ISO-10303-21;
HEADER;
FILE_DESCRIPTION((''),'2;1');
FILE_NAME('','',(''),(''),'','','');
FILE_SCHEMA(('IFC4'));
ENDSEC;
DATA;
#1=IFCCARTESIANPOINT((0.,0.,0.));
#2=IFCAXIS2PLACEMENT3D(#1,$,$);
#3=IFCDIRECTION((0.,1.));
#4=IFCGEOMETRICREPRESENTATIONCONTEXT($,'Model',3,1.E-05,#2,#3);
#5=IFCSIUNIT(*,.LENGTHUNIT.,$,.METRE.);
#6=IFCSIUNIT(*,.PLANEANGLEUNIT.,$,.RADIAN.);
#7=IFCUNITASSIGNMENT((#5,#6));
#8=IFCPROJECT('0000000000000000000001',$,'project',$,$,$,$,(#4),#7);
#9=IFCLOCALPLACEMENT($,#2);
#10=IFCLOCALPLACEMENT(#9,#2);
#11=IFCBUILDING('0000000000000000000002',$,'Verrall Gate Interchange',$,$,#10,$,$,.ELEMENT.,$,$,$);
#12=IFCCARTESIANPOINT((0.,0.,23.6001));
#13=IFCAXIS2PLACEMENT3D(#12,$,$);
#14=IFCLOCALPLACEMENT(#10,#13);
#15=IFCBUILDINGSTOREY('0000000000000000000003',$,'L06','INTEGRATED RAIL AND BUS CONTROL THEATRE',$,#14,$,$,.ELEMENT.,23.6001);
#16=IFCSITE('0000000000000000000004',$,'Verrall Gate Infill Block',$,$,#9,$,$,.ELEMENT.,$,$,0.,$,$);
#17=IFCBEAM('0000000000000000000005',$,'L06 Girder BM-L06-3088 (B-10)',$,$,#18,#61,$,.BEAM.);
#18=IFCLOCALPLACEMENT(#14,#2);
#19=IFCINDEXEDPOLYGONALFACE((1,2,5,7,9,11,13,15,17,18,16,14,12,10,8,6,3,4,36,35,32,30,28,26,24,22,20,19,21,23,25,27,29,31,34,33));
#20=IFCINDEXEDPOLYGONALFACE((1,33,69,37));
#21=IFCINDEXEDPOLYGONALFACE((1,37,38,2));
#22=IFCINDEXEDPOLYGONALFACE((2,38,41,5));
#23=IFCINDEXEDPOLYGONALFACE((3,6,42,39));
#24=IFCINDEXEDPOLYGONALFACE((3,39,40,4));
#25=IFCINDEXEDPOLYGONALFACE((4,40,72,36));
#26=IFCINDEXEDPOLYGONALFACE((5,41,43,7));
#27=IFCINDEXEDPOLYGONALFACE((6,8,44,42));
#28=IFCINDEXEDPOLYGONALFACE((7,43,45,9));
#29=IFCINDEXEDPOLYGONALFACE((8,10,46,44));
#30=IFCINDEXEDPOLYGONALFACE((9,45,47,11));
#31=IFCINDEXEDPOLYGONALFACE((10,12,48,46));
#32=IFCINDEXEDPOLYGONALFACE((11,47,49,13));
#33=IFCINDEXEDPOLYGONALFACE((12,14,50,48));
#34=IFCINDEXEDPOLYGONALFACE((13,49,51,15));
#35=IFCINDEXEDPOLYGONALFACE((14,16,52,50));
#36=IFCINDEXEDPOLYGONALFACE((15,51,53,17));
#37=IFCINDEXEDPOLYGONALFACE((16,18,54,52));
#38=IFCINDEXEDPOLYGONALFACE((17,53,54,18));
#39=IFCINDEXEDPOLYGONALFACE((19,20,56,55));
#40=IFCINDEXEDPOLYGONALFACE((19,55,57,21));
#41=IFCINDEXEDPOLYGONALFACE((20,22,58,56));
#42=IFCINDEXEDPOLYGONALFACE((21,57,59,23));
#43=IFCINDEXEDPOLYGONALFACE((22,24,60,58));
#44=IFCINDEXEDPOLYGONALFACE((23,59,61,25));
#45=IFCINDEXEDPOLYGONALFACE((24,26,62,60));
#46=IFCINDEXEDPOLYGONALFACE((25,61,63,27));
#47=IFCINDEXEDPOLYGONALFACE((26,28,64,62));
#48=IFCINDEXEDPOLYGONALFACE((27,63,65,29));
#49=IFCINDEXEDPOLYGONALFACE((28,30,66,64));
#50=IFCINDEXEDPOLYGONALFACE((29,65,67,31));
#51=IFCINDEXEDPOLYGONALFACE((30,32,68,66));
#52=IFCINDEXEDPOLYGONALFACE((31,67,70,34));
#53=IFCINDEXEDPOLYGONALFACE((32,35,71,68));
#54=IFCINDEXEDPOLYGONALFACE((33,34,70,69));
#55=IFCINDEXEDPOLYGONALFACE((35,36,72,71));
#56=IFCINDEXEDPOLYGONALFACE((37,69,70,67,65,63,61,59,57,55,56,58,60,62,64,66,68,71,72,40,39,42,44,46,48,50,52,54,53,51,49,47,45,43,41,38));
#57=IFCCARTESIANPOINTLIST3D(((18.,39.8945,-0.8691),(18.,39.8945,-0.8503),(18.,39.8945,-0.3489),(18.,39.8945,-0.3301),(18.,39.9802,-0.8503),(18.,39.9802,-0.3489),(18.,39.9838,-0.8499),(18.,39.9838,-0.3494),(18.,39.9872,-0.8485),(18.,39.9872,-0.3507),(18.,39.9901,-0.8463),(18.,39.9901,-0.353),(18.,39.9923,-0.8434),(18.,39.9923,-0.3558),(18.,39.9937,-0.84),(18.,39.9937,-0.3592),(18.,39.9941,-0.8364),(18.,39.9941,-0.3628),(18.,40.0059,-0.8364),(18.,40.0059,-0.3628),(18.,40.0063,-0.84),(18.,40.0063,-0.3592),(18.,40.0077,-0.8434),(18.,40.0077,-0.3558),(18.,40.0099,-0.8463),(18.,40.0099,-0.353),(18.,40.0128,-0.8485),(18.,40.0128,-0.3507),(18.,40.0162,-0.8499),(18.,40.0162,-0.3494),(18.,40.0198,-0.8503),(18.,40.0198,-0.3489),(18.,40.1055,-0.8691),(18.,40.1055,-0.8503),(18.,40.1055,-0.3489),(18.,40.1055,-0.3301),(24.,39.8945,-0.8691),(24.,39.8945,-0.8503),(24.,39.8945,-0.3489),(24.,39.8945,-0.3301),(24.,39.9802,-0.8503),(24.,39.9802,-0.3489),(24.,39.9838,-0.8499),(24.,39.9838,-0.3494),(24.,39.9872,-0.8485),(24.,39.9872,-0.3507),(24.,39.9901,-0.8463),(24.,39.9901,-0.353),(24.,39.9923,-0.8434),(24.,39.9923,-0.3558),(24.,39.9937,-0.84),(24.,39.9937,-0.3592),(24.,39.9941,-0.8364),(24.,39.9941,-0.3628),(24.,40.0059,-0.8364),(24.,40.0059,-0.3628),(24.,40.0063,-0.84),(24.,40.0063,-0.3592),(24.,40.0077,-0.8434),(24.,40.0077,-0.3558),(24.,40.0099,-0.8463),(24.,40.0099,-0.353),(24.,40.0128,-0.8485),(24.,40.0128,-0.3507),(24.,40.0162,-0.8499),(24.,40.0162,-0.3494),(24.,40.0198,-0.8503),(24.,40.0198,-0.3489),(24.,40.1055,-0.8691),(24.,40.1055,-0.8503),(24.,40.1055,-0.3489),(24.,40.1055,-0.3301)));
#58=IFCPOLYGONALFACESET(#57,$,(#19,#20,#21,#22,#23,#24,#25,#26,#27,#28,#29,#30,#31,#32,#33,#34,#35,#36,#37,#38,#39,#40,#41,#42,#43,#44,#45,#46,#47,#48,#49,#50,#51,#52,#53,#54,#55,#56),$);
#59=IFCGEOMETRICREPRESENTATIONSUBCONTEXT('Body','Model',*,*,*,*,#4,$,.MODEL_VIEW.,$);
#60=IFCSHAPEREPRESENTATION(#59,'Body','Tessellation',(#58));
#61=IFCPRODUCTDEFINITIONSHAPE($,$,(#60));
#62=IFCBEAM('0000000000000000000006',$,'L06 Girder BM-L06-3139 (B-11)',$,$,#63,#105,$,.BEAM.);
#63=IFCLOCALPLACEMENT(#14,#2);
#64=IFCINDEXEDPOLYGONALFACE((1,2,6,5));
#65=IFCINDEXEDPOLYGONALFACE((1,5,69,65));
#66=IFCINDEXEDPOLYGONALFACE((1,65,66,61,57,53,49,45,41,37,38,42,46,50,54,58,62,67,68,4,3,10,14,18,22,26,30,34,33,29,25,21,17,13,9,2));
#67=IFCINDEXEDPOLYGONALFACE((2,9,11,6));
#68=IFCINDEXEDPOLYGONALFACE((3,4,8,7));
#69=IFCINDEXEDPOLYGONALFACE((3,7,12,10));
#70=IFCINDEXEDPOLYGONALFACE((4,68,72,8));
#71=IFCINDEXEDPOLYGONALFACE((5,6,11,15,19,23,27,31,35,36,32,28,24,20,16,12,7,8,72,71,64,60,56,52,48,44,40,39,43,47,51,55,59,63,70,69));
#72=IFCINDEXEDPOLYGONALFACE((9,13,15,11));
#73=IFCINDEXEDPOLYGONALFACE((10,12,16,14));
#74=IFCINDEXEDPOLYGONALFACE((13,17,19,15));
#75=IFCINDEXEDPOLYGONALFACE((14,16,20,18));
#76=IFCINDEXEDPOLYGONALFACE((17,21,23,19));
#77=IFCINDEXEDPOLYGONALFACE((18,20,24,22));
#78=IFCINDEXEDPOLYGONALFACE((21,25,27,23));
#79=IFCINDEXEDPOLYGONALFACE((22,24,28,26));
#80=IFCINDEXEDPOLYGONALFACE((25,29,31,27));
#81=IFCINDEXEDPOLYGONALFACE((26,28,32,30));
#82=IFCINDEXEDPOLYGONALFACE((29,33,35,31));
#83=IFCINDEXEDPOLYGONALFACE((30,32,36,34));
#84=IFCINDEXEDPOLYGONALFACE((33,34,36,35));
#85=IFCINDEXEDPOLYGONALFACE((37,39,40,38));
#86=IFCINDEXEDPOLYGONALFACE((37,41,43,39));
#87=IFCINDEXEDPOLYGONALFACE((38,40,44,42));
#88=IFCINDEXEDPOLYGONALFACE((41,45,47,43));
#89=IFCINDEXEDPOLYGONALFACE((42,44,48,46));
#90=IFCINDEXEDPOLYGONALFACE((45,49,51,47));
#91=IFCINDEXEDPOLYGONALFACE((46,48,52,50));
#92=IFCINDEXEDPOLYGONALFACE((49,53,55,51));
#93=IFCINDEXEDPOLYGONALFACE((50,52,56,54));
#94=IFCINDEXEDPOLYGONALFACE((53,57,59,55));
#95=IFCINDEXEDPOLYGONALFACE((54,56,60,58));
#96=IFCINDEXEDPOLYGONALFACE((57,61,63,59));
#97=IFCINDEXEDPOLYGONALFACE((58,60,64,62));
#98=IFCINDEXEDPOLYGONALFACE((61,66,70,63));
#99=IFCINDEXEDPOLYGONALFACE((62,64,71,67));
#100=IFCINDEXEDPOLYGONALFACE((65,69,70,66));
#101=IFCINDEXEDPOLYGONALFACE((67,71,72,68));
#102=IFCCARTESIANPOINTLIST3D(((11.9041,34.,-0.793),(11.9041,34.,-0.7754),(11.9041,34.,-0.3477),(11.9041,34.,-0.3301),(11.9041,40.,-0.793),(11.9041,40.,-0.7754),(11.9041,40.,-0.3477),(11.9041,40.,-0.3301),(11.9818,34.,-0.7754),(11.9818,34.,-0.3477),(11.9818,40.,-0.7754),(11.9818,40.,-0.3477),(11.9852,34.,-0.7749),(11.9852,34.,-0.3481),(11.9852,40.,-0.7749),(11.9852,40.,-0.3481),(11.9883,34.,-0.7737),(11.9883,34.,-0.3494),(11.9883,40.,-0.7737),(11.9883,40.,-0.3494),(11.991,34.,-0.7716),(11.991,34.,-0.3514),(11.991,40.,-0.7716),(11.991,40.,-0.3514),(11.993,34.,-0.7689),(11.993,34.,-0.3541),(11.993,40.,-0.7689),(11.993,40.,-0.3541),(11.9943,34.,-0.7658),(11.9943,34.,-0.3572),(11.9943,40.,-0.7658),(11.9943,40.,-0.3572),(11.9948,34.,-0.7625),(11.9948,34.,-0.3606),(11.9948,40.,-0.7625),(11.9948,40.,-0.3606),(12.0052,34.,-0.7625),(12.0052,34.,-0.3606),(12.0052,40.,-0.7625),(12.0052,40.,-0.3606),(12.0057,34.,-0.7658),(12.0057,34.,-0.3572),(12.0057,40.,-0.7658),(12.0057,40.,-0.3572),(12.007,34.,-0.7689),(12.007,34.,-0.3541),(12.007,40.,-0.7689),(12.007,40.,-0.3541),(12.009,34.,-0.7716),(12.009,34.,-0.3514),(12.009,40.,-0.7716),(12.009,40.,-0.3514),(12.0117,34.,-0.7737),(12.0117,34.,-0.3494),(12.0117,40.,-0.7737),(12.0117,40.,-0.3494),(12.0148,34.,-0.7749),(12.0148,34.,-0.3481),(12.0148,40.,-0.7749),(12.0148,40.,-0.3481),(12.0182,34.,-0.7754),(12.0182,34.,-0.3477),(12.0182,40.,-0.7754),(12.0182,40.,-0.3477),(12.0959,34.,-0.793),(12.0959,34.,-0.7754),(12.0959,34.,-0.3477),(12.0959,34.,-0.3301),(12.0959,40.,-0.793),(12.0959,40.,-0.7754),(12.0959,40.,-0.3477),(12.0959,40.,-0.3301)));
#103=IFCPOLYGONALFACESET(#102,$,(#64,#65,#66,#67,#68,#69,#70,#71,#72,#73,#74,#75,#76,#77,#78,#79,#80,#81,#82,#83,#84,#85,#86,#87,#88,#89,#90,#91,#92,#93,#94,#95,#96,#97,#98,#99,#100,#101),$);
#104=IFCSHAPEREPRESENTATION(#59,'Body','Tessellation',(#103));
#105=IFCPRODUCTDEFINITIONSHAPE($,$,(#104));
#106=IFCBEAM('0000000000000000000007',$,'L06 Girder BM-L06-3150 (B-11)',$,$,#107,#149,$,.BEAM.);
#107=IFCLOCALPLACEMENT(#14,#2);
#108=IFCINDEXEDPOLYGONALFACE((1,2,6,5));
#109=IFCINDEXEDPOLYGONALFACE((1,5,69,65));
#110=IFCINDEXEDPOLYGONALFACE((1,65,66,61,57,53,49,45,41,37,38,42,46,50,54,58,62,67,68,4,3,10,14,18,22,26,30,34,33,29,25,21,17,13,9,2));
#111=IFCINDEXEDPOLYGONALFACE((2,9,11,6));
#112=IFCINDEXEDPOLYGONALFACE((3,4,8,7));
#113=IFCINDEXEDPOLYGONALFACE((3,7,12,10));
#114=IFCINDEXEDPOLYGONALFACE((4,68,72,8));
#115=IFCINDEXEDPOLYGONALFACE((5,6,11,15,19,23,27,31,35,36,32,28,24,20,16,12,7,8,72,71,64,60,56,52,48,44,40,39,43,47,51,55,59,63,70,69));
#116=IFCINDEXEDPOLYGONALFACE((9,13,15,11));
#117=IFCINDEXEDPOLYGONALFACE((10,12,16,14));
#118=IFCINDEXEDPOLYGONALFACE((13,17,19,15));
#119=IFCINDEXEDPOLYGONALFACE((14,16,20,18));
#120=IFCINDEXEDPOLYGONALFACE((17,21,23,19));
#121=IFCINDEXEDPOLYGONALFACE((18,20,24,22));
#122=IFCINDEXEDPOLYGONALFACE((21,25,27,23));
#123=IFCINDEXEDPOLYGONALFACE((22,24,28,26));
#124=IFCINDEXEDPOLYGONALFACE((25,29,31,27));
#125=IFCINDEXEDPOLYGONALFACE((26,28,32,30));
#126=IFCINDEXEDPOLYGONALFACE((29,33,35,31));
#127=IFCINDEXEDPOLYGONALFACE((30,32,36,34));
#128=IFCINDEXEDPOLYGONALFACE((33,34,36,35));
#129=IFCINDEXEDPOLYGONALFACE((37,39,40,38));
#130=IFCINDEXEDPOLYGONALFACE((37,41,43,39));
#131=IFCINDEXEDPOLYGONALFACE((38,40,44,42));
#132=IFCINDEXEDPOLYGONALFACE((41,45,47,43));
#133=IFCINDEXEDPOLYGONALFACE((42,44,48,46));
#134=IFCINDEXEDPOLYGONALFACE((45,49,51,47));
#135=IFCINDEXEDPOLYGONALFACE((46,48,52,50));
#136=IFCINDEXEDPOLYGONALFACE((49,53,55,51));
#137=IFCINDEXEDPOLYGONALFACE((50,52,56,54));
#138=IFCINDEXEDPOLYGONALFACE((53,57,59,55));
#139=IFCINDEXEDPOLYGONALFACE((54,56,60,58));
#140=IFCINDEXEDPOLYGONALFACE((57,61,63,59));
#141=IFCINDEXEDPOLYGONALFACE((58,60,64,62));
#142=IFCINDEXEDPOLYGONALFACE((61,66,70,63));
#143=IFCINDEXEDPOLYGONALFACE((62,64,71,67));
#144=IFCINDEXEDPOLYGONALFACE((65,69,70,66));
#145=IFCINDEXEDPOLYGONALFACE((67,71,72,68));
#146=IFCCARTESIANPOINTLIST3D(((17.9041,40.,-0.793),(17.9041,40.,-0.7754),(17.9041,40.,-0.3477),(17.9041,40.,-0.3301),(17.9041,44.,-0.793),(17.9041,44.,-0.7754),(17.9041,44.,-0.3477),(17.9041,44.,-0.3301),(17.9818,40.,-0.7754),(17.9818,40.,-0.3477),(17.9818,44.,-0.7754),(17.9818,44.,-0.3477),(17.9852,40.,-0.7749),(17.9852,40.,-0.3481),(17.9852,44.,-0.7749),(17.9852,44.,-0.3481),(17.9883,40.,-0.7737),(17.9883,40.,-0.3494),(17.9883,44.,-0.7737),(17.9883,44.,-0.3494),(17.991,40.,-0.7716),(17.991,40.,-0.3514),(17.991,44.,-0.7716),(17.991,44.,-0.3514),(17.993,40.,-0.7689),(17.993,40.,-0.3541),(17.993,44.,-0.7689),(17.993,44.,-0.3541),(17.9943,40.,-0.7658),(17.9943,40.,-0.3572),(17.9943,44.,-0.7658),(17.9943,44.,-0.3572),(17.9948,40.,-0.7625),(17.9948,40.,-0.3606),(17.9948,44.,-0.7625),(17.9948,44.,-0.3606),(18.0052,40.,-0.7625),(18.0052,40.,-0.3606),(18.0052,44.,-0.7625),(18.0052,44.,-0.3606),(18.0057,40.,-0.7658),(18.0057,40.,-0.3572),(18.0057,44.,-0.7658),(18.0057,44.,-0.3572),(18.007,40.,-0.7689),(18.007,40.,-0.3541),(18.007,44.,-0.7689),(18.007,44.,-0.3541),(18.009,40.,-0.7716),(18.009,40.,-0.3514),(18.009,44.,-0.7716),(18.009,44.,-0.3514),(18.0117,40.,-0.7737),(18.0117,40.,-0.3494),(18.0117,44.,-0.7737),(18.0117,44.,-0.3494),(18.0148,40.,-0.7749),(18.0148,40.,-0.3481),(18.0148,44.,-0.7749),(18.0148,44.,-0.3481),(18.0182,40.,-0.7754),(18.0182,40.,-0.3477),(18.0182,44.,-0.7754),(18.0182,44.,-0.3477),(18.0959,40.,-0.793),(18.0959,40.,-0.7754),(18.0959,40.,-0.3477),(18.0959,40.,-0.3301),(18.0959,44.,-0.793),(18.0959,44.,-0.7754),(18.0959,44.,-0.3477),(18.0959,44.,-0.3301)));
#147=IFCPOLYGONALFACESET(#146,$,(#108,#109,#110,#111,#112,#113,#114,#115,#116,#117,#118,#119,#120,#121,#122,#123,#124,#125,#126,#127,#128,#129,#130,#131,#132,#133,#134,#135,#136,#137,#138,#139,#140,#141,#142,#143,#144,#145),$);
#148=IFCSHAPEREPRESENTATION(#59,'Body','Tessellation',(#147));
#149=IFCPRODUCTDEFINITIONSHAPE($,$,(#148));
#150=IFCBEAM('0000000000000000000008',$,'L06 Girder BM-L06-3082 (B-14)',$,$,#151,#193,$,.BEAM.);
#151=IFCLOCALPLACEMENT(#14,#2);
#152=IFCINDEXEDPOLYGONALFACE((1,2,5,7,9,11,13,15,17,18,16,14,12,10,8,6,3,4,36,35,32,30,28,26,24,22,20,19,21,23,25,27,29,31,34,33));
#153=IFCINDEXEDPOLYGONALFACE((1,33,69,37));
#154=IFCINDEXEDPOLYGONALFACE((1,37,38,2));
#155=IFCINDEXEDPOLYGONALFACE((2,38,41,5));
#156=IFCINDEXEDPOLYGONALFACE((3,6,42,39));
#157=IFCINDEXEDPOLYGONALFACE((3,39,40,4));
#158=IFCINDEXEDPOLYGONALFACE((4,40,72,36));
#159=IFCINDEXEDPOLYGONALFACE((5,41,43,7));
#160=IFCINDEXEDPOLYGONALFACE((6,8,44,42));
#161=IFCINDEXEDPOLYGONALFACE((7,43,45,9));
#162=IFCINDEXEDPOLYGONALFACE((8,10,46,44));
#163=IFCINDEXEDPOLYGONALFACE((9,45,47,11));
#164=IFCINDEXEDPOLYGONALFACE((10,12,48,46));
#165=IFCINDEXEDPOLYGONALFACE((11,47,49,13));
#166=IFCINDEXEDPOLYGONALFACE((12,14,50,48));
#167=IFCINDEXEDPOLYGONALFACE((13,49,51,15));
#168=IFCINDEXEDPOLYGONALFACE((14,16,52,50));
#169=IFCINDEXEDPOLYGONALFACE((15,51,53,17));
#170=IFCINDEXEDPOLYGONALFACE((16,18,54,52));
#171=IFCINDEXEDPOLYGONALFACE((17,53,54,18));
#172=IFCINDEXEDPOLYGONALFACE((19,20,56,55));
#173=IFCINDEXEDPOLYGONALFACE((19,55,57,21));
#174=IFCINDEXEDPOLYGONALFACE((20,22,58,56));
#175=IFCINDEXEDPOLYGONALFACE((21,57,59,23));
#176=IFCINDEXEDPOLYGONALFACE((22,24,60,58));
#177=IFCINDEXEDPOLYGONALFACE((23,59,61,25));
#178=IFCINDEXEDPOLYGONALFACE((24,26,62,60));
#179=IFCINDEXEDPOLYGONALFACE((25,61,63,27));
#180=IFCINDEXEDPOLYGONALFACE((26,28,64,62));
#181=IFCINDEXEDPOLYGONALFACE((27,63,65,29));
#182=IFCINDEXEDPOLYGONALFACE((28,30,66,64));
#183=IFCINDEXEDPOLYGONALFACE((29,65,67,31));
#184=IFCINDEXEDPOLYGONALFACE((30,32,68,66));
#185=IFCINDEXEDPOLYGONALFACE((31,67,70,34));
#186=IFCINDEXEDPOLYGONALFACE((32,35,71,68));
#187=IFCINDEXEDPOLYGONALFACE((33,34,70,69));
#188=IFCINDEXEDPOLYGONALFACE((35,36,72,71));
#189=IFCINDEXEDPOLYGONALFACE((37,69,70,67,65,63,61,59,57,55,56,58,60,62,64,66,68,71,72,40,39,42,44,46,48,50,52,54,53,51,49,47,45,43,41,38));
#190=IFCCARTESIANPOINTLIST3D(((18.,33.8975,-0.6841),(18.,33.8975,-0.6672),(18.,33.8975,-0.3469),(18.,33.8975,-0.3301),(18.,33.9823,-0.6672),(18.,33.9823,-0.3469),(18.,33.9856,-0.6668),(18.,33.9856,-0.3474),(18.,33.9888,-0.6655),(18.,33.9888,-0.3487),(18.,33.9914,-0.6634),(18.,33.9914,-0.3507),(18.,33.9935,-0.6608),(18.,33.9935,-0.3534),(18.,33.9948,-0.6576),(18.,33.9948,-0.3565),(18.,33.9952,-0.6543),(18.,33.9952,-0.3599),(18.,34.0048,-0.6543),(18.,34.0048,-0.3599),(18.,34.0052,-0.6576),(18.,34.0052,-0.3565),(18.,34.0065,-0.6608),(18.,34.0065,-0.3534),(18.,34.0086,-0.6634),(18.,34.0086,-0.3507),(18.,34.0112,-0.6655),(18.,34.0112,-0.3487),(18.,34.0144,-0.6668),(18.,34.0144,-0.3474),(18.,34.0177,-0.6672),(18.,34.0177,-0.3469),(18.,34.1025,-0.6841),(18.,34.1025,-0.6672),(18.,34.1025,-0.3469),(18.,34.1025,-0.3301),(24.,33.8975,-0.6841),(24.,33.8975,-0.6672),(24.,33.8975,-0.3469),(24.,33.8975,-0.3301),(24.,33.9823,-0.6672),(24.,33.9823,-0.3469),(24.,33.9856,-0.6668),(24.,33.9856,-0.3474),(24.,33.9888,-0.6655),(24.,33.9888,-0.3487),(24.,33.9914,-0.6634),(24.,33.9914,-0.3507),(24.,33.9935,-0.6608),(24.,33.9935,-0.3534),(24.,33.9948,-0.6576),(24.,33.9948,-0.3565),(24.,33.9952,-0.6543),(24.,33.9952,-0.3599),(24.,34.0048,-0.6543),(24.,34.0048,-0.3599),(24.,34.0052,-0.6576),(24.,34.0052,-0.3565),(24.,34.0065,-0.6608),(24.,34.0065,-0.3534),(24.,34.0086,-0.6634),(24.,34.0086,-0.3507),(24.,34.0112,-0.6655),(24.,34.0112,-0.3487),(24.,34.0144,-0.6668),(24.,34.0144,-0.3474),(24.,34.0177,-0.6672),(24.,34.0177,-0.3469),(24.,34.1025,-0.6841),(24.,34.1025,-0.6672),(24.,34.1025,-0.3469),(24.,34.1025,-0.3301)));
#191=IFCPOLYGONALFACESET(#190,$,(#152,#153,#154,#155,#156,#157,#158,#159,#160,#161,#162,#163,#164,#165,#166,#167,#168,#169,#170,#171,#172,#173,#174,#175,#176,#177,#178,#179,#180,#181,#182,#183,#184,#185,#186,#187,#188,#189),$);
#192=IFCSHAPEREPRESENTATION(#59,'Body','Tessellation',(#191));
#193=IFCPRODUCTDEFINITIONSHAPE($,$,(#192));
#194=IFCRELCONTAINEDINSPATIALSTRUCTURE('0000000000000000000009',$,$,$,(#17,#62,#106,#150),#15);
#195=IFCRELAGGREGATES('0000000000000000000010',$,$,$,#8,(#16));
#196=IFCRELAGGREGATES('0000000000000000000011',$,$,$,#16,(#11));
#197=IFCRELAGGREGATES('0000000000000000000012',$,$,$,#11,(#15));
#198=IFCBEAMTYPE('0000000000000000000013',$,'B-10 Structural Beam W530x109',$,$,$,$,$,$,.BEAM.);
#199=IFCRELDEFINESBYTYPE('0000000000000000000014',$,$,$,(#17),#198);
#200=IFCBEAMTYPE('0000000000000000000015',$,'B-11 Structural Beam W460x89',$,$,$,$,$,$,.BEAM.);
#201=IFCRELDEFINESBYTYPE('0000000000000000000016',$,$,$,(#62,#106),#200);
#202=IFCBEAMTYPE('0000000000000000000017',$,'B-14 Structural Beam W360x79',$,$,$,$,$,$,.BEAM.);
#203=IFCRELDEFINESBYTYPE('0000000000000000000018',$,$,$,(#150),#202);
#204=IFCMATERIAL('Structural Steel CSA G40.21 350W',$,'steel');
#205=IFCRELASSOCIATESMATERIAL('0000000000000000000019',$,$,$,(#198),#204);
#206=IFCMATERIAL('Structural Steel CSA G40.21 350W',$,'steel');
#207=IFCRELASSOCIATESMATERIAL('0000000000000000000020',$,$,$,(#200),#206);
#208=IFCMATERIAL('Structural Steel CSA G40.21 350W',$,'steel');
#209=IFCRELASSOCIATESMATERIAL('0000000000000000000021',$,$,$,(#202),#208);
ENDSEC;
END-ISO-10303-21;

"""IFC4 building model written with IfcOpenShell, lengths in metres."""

from ifc_helpers import new_model, si_unit, direction, frame, origin, origin_2d, place, context, subcontext, project, spatial, i_section, extrude, material, material_profile, profile_set, type_object, element, save


model = new_model("IFC4")

# Units and contexts
model_context = context("Model", 3, precision=1e-05, world=origin(), true_north=direction((0.0, 1.0)))
body_context = subcontext(model_context, "Body", "Model", "MODEL_VIEW")
ifc_project = project(units=[si_unit("LENGTHUNIT", "METRE"), si_unit("PLANEANGLEUNIT", "RADIAN")], contexts=[model_context])

# Site, building, storey
site_placement = place(None, origin())
site = spatial("IfcSite", under=ifc_project, at=site_placement, Name="Verrall Gate Infill Block", CompositionType="ELEMENT", RefElevation=0.0)
building_placement = place(site_placement, origin())
building = spatial("IfcBuilding", under=site, at=building_placement, Name="Verrall Gate Interchange", CompositionType="ELEMENT")
storey_placement = place(building_placement, frame((0.0, 0.0, 23.6001)))
storey = spatial("IfcBuildingStorey", under=building, at=storey_placement, Name="L06", Description="INTEGRATED RAIL AND BUS CONTROL THEATRE", CompositionType="ELEMENT", Elevation=23.6001)

# Beams
ifc_material_1 = material(Name="Structural Steel CSA G40.21 350W", Category="steel")
ifc_material_profile_1 = material_profile(ifc_material_1, i_section(OverallWidth=0.2109, OverallDepth=0.5391, WebThickness=0.0117, FlangeThickness=0.0188, FilletRadius=0.0139, at=origin_2d()), Name="W530x109")
ifc_profile_set_1 = profile_set([ifc_material_profile_1], Name="Structural Steel CSA G40.21 350W")
beam_type_1 = type_object("IfcBeamType", Name="B-10 Structural Beam W530x109", PredefinedType="BEAM", material=ifc_profile_set_1)
beam_1_placement = place(storey_placement, frame((18.0, 40.0, -0.5996), z_axis=(1.0, 0.0, 0.0), x_axis=(0.0, 1.0, 0.0)))
element("IfcBeam", 1, at=beam_1_placement, inside=storey, type_object=beam_type_1, Name="L06 Girder BM-L06-3088 (B-10)", PredefinedType="BEAM", context=body_context, shape_type="SweptSolid", body=[
    extrude(i_section(OverallWidth=0.2109, OverallDepth=0.5391, WebThickness=0.0117, FlangeThickness=0.0188, FilletRadius=0.0139, at=origin_2d()), origin(), (0.0, 0.0, 1.0), 6.0),
])
ifc_material_2 = material(Name="Structural Steel CSA G40.21 350W", Category="steel")
ifc_material_profile_2 = material_profile(ifc_material_2, i_section(OverallWidth=0.1919, OverallDepth=0.4629, WebThickness=0.0105, FlangeThickness=0.0176, FilletRadius=0.0129, at=origin_2d()), Name="W460x89")
ifc_profile_set_2 = profile_set([ifc_material_profile_2], Name="Structural Steel CSA G40.21 350W")
beam_type_2 = type_object("IfcBeamType", Name="B-11 Structural Beam W460x89", PredefinedType="BEAM", material=ifc_profile_set_2)
beam_2_placement = place(storey_placement, frame((12.0, 34.0, -0.5615), z_axis=(0.0, 1.0, 0.0), x_axis=(-1.0, 0.0, 0.0)))
element("IfcBeam", 2, at=beam_2_placement, inside=storey, type_object=beam_type_2, Name="L06 Girder BM-L06-3139 (B-11)", PredefinedType="BEAM", context=body_context, shape_type="SweptSolid", body=[
    extrude(i_section(OverallWidth=0.1919, OverallDepth=0.4629, WebThickness=0.0105, FlangeThickness=0.0176, FilletRadius=0.0129, at=origin_2d()), origin(), (0.0, 0.0, 1.0), 6.0),
])
beam_3_placement = place(storey_placement, frame((18.0, 40.0, -0.5615), z_axis=(0.0, 1.0, 0.0), x_axis=(-1.0, 0.0, 0.0)))
element("IfcBeam", 3, at=beam_3_placement, inside=storey, type_object=beam_type_2, Name="L06 Girder BM-L06-3150 (B-11)", PredefinedType="BEAM", context=body_context, shape_type="SweptSolid", body=[
    extrude(i_section(OverallWidth=0.1919, OverallDepth=0.4629, WebThickness=0.0105, FlangeThickness=0.0176, FilletRadius=0.0129, at=origin_2d()), origin(), (0.0, 0.0, 1.0), 4.0),
])
ifc_material_3 = material(Name="Structural Steel CSA G40.21 350W", Category="steel")
ifc_material_profile_3 = material_profile(ifc_material_3, i_section(OverallWidth=0.2051, OverallDepth=0.354, WebThickness=0.0095, FlangeThickness=0.0168, FilletRadius=0.0129, at=origin_2d()), Name="W360x79")
ifc_profile_set_3 = profile_set([ifc_material_profile_3], Name="Structural Steel CSA G40.21 350W")
beam_type_3 = type_object("IfcBeamType", Name="B-14 Structural Beam W360x79", PredefinedType="BEAM", material=ifc_profile_set_3)
for number, where, z_axis, x_axis, name in (
    (4, (18.0, 34.0, -0.5071), (1.0, 0.0, 0.0), (0.0, 1.0, 0.0), "L06 Girder BM-L06-3082 (B-14)"),
):
    element("IfcBeam", number, at=place(storey_placement, frame(where, z_axis=z_axis, x_axis=x_axis)), inside=storey, type_object=beam_type_3, Name=name, PredefinedType="BEAM", context=body_context, shape_type="SweptSolid", body=[
        extrude(i_section(OverallWidth=0.2051, OverallDepth=0.354, WebThickness=0.0095, FlangeThickness=0.0168, FilletRadius=0.0129, at=origin_2d()), origin(), (0.0, 0.0, 1.0), 6.0),
    ])

save(model, "model.ifc")
